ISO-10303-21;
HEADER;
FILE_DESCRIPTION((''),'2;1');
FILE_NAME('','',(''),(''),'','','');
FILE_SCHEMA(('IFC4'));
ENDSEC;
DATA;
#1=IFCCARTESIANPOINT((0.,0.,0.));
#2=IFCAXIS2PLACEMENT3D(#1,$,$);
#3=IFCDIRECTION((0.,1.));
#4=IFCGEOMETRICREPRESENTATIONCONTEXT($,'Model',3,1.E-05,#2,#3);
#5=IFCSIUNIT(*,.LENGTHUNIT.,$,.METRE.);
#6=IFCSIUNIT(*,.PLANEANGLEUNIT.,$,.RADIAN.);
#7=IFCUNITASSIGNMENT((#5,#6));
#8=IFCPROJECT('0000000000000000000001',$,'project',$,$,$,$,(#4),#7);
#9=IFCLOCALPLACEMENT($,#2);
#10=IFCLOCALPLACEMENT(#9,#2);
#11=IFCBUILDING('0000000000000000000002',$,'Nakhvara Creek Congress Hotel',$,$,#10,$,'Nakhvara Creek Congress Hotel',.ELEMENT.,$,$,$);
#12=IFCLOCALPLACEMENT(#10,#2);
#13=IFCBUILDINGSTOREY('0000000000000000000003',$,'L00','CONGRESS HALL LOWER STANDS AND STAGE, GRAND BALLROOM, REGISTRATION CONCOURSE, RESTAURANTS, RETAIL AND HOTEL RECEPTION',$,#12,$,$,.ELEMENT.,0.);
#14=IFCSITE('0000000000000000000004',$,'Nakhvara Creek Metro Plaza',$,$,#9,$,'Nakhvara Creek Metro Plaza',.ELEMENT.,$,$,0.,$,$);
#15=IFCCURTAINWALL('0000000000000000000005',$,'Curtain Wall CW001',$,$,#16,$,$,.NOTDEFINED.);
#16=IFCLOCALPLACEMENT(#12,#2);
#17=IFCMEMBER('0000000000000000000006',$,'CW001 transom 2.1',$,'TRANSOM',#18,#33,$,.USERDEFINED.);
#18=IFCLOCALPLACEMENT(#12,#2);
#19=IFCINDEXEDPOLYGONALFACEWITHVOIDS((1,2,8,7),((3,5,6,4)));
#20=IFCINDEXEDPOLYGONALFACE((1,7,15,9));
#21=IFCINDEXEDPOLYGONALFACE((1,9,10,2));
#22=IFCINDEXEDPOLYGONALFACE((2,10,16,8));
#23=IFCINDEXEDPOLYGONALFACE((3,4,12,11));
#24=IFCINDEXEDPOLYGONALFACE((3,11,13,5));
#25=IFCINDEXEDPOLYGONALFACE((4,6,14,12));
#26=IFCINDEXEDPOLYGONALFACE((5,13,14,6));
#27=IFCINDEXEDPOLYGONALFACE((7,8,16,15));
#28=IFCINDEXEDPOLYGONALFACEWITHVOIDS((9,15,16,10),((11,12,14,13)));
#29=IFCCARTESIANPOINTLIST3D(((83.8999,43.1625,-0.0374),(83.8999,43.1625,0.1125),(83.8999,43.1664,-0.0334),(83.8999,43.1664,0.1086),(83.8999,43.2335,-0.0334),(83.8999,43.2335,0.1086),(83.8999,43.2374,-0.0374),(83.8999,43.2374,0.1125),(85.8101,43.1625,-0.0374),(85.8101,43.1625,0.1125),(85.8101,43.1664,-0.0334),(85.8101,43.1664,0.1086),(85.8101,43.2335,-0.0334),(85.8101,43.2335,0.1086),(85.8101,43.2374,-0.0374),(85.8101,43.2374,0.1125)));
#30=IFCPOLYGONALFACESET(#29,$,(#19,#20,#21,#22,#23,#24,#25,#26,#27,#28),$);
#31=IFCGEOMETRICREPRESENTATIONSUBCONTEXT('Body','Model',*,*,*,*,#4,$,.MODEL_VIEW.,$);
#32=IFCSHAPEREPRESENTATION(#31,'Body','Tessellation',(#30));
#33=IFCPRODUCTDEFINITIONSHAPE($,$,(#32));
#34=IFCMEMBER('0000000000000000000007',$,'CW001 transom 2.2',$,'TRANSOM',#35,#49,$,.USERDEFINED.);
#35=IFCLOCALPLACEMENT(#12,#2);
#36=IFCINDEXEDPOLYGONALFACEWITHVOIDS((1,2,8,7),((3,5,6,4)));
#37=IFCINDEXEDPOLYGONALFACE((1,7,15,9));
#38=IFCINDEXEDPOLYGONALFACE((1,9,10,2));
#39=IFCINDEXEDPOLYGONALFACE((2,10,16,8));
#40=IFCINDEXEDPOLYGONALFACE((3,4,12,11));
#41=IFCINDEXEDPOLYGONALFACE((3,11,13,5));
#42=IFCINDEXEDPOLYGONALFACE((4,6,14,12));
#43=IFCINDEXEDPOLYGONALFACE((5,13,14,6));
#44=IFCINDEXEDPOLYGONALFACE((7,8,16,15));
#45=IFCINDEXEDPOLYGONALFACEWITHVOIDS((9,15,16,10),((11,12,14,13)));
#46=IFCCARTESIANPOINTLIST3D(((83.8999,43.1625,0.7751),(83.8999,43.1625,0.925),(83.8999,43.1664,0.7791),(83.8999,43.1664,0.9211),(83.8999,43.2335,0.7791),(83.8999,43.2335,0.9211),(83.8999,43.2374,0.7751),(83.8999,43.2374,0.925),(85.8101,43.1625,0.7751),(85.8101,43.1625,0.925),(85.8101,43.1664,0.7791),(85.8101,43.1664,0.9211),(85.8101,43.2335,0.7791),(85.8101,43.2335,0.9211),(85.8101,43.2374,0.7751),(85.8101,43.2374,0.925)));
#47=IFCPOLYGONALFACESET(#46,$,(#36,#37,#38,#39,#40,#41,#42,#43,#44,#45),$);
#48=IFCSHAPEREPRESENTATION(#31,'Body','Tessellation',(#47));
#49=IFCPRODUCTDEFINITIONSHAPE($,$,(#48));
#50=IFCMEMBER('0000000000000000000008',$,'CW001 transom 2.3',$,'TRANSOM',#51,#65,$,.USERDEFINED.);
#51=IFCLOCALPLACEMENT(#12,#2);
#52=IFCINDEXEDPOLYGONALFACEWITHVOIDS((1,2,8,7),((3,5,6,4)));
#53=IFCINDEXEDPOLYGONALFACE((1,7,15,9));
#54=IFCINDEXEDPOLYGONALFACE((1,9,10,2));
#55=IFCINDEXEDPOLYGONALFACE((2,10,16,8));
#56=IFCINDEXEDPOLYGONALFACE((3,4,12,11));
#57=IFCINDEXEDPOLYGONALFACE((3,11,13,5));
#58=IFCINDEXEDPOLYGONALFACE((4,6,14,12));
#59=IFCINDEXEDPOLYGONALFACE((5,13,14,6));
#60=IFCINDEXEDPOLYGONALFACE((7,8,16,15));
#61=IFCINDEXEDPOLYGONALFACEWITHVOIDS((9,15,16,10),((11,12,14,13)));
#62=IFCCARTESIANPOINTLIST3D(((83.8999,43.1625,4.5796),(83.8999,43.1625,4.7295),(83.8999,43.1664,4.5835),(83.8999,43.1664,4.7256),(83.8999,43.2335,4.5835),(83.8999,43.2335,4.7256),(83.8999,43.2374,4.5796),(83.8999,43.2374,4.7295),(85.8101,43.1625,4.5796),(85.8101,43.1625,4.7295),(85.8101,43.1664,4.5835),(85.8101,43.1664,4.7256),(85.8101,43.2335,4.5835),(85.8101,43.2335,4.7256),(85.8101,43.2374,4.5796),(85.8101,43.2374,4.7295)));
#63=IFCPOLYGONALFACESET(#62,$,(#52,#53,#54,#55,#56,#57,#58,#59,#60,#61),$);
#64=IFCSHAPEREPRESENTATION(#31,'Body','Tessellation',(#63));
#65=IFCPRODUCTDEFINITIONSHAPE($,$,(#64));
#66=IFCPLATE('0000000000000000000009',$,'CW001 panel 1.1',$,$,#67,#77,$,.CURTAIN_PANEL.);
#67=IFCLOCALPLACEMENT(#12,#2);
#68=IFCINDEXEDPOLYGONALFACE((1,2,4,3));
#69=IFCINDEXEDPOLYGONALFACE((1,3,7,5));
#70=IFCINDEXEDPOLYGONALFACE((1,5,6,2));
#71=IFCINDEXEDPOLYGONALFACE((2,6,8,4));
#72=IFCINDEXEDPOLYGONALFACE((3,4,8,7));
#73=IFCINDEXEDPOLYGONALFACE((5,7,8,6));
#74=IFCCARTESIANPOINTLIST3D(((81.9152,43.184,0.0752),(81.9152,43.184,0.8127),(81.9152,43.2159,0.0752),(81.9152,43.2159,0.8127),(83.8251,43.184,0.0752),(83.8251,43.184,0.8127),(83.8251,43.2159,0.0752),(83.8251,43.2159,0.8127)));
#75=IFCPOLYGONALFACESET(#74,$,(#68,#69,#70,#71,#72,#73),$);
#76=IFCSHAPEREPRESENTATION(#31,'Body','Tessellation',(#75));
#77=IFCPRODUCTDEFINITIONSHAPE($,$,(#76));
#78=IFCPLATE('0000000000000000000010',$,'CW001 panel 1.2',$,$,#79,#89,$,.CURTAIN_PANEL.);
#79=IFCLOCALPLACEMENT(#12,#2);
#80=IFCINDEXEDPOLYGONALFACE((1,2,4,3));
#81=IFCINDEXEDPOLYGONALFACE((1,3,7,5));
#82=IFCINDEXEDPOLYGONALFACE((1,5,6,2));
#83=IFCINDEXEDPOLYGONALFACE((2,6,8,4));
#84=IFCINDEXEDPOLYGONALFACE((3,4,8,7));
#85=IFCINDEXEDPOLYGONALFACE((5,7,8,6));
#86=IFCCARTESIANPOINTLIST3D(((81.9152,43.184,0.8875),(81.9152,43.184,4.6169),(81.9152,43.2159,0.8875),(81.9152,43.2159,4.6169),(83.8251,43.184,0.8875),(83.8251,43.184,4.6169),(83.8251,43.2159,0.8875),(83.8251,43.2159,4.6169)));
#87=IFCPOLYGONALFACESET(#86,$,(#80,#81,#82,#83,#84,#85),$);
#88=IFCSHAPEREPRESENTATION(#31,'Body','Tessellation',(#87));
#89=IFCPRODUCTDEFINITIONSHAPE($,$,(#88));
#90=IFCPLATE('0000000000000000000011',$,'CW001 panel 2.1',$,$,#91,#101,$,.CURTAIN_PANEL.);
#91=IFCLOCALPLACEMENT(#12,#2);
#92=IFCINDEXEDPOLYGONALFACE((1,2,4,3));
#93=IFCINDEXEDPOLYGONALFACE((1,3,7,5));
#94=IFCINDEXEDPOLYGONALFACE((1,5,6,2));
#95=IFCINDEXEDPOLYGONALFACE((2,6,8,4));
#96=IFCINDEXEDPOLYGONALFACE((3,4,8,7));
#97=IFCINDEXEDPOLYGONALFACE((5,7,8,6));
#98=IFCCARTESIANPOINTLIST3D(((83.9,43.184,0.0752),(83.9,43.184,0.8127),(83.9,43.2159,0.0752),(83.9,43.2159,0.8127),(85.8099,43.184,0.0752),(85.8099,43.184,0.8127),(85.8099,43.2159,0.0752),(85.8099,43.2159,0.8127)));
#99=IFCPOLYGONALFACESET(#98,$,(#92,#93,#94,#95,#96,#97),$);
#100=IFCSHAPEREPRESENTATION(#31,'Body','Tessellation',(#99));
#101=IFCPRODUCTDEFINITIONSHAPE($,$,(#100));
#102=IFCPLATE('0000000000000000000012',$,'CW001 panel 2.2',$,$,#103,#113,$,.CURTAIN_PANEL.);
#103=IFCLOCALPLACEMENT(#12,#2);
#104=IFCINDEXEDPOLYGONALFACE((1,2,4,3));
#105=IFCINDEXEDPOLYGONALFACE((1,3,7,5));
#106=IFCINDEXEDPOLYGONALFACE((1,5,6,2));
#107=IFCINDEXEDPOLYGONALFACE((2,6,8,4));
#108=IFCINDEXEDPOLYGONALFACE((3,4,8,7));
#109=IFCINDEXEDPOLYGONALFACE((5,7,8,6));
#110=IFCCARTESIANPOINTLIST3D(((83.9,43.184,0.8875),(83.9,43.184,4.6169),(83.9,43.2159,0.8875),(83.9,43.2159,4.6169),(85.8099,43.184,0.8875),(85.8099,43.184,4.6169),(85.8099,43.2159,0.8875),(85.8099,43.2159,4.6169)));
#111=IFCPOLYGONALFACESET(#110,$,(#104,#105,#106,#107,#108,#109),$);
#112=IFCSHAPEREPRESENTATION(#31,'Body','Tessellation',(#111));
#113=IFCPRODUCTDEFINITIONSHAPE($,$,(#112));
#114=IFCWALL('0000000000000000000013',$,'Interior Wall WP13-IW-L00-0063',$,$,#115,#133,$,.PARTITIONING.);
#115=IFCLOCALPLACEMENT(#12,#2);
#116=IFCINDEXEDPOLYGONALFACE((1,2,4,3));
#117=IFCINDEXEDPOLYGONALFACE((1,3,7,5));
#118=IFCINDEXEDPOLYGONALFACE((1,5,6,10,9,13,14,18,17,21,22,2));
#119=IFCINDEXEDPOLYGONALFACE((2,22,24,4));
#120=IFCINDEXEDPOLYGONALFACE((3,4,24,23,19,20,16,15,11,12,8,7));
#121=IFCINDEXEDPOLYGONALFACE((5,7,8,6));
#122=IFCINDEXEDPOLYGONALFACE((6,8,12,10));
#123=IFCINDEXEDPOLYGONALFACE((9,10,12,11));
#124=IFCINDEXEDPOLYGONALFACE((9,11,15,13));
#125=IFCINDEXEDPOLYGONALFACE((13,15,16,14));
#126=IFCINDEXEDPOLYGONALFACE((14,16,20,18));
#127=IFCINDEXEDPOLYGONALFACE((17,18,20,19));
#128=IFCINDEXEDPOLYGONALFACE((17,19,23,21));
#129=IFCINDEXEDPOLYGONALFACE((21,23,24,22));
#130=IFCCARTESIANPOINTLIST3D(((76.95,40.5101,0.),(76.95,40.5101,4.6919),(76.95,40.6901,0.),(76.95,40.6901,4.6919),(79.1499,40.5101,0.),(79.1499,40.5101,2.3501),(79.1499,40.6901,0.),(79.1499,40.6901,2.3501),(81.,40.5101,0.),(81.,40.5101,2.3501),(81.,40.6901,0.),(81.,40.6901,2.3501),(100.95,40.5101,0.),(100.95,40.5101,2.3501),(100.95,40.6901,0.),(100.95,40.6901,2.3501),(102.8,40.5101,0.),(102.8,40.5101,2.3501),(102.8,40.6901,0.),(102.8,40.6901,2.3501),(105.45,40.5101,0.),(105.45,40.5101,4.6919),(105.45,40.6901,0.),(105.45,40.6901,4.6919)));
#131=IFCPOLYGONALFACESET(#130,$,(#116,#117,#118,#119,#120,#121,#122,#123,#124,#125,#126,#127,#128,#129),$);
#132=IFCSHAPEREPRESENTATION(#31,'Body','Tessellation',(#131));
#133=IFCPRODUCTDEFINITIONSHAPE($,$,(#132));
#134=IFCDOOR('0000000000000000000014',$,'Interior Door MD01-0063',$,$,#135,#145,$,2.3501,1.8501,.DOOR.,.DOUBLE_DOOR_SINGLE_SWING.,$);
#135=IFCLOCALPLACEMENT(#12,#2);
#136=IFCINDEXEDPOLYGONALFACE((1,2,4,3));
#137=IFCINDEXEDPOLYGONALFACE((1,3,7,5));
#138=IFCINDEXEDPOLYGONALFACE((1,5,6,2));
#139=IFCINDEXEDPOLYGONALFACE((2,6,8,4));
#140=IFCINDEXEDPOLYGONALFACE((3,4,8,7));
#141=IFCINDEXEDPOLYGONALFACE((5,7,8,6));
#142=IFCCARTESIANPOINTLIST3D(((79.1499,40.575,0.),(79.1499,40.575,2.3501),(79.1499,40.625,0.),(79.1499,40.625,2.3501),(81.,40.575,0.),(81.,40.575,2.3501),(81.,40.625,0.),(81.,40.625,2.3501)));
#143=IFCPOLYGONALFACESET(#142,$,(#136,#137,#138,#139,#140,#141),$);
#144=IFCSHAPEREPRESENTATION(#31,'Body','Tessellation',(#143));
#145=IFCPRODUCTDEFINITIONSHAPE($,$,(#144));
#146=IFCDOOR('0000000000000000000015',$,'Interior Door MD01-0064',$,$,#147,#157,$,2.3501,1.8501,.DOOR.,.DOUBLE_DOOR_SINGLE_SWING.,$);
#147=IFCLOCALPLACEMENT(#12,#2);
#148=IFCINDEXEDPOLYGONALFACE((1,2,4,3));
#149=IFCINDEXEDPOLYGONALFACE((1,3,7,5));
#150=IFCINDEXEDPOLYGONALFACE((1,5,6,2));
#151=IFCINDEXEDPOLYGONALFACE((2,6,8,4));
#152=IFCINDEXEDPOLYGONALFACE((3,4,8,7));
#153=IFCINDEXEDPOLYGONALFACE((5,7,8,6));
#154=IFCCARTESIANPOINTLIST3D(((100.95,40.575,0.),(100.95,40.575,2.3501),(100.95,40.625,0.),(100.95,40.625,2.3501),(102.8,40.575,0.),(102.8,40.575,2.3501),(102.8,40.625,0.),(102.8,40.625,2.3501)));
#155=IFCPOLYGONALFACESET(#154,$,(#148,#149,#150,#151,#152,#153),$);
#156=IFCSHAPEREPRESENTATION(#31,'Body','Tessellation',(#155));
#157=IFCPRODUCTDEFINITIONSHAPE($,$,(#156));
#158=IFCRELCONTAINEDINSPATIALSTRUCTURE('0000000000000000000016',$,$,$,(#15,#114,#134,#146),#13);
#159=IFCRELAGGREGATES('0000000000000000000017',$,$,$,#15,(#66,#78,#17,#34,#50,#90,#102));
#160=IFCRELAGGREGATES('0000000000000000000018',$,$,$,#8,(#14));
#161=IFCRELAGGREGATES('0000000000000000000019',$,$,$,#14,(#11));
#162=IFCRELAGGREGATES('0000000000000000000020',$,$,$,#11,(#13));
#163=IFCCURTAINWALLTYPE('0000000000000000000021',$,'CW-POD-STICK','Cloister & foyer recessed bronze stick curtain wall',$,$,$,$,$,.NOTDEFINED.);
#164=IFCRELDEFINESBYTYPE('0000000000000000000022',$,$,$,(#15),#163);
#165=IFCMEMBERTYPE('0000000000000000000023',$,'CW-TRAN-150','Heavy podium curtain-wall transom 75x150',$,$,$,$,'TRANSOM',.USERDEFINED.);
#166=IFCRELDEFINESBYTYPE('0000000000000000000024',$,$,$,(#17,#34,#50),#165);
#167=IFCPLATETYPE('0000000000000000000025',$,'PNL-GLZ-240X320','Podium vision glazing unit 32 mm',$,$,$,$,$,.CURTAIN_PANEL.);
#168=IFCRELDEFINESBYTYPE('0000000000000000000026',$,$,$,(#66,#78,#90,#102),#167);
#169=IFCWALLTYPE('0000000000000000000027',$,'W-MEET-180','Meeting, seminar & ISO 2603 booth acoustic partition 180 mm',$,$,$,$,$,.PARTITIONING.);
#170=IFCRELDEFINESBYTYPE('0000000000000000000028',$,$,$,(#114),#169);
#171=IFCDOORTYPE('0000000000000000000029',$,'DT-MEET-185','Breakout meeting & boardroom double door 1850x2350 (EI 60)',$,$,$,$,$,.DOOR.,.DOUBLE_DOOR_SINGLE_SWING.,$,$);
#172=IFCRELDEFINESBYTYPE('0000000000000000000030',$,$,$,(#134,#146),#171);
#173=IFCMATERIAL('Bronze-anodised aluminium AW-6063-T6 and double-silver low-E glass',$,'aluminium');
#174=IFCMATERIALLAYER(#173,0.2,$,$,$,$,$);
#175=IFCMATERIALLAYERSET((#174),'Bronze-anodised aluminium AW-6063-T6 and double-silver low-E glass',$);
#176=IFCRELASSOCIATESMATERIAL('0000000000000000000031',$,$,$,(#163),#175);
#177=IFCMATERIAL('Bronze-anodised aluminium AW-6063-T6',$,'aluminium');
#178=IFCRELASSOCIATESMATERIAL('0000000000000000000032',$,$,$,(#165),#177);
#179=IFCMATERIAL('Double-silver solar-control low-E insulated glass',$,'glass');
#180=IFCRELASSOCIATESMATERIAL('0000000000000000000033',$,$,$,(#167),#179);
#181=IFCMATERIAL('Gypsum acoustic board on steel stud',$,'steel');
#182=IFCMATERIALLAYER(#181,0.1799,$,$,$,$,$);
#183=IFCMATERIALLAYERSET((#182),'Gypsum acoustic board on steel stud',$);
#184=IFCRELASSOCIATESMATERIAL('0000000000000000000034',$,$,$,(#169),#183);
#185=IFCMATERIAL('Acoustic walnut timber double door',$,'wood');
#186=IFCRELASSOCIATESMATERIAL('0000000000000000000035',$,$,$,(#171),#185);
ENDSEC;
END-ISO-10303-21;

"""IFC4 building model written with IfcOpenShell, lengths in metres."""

from ifc_helpers import new_model, si_unit, direction, frame, frame_2d, origin, origin_2d, place, context, subcontext, project, spatial, rectangle, hollow_rectangle, extrude, material, layer, layer_set, material_profile, profile_set, type_object, element, fill, aggregate, save


model = new_model("IFC4")

# Units and contexts
model_context = context("Model", 3, precision=1e-05, world=origin(), true_north=direction((0.0, 1.0)))
body_context = subcontext(model_context, "Body", "Model", "MODEL_VIEW")
ifc_project = project(units=[si_unit("LENGTHUNIT", "METRE"), si_unit("PLANEANGLEUNIT", "RADIAN")], contexts=[model_context])

# Site, building, storey
site_placement = place(None, origin())
site = spatial("IfcSite", under=ifc_project, at=site_placement, Name="Nakhvara Creek Metro Plaza", LongName="Nakhvara Creek Metro Plaza", CompositionType="ELEMENT", RefElevation=0.0)
building_placement = place(site_placement, origin())
building = spatial("IfcBuilding", under=site, at=building_placement, Name="Nakhvara Creek Congress Hotel", LongName="Nakhvara Creek Congress Hotel", CompositionType="ELEMENT")
storey_placement = place(building_placement, origin())
storey = spatial("IfcBuildingStorey", under=building, at=storey_placement, Name="L00", Description="CONGRESS HALL LOWER STANDS AND STAGE, GRAND BALLROOM, REGISTRATION CONCOURSE, RESTAURANTS, RETAIL AND HOTEL RECEPTION", CompositionType="ELEMENT", Elevation=0.0)

# Curtain wall
ifc_material_1 = material(Name="Bronze-anodised aluminium AW-6063-T6 and double-silver low-E glass", Category="aluminium")
ifc_layer_1 = layer(ifc_material_1, 0.2)
ifc_layer_set_1 = layer_set([ifc_layer_1], Name="Bronze-anodised aluminium AW-6063-T6 and double-silver low-E glass")
curtain_wall_type = type_object("IfcCurtainWallType", Name="CW-POD-STICK", Description="Cloister & foyer recessed bronze stick curtain wall", PredefinedType="NOTDEFINED", material=ifc_layer_set_1)
curtain_wall_1_placement = place(storey_placement, origin())
curtain_wall_1 = element("IfcCurtainWall", 1, at=curtain_wall_1_placement, inside=storey, type_object=curtain_wall_type, Name="Curtain Wall CW001", PredefinedType="NOTDEFINED")
ifc_material_2 = material(Name="Bronze-anodised aluminium AW-6063-T6", Category="aluminium")

# Members
ifc_material_profile_1 = material_profile(ifc_material_2, hollow_rectangle(XDim=0.075, YDim=0.1499, WallThickness=0.0039, at=origin_2d()), Name="ALU-TRAN 75x150x4", Category="LoadBearing")
ifc_profile_set_1 = profile_set([ifc_material_profile_1], Name="Bronze-anodised aluminium AW-6063-T6")
member_type_1 = type_object("IfcMemberType", Name="CW-TRAN-150", Description="Heavy podium curtain-wall transom 75x150", ElementType="TRANSOM", PredefinedType="USERDEFINED", material=ifc_profile_set_1)
member_1_placement = place(storey_placement, frame((83.8999, 43.2, 0.0376), z_axis=(1.0, 0.0, 0.0), x_axis=(0.0, 1.0, 0.0)))
member_1 = element("IfcMember", 2, at=member_1_placement, type_object=member_type_1, Name="CW001 transom 2.1", ObjectType="TRANSOM", PredefinedType="USERDEFINED", context=body_context, shape_type="SweptSolid", body=[
    extrude(hollow_rectangle(XDim=0.075, YDim=0.1499, WallThickness=0.0039, at=origin_2d()), origin(), (0.0, 0.0, 1.0), 1.9102),
])
member_2_placement = place(storey_placement, frame((83.8999, 43.2, 0.8501), z_axis=(1.0, 0.0, 0.0), x_axis=(0.0, 1.0, 0.0)))
member_2 = element("IfcMember", 3, at=member_2_placement, type_object=member_type_1, Name="CW001 transom 2.2", ObjectType="TRANSOM", PredefinedType="USERDEFINED", context=body_context, shape_type="SweptSolid", body=[
    extrude(hollow_rectangle(XDim=0.075, YDim=0.1499, WallThickness=0.0039, at=origin_2d()), origin(), (0.0, 0.0, 1.0), 1.9102),
])
member_3_placement = place(storey_placement, frame((83.8999, 43.2, 4.6545), z_axis=(1.0, 0.0, 0.0), x_axis=(0.0, 1.0, 0.0)))
member_3 = element("IfcMember", 4, at=member_3_placement, type_object=member_type_1, Name="CW001 transom 2.3", ObjectType="TRANSOM", PredefinedType="USERDEFINED", context=body_context, shape_type="SweptSolid", body=[
    extrude(hollow_rectangle(XDim=0.075, YDim=0.1499, WallThickness=0.0039, at=origin_2d()), origin(), (0.0, 0.0, 1.0), 1.9102),
])

# Plates
ifc_material_3 = material(Name="Double-silver solar-control low-E insulated glass", Category="glass")
plate_type = type_object("IfcPlateType", Name="PNL-GLZ-240X320", Description="Podium vision glazing unit 32 mm", PredefinedType="CURTAIN_PANEL", material=ifc_material_3)
plate_1_placement = place(storey_placement, frame((82.8701, 43.2, 0.0752), z_axis=(0.0, 0.0, 1.0), x_axis=(1.0, 0.0, 0.0)))
plate_1 = element("IfcPlate", 5, at=plate_1_placement, type_object=plate_type, Name="CW001 panel 1.1", PredefinedType="CURTAIN_PANEL", context=body_context, shape_type="SweptSolid", body=[
    extrude(rectangle(XDim=1.9099, YDim=0.032, at=origin_2d()), origin(), (0.0, 0.0, 1.0), 0.7375),
])
plate_2_placement = place(storey_placement, frame((82.8701, 43.2, 0.8875), z_axis=(0.0, 0.0, 1.0), x_axis=(1.0, 0.0, 0.0)))
plate_2 = element("IfcPlate", 6, at=plate_2_placement, type_object=plate_type, Name="CW001 panel 1.2", PredefinedType="CURTAIN_PANEL", context=body_context, shape_type="SweptSolid", body=[
    extrude(rectangle(XDim=1.9099, YDim=0.032, at=origin_2d()), origin(), (0.0, 0.0, 1.0), 3.7295),
])
plate_3_placement = place(storey_placement, frame((84.855, 43.2, 0.0752), z_axis=(0.0, 0.0, 1.0), x_axis=(1.0, 0.0, 0.0)))
plate_3 = element("IfcPlate", 7, at=plate_3_placement, type_object=plate_type, Name="CW001 panel 2.1", PredefinedType="CURTAIN_PANEL", context=body_context, shape_type="SweptSolid", body=[
    extrude(rectangle(XDim=1.9099, YDim=0.032, at=origin_2d()), origin(), (0.0, 0.0, 1.0), 0.7375),
])
plate_4_placement = place(storey_placement, frame((84.855, 43.2, 0.8875), z_axis=(0.0, 0.0, 1.0), x_axis=(1.0, 0.0, 0.0)))
plate_4 = element("IfcPlate", 8, at=plate_4_placement, type_object=plate_type, Name="CW001 panel 2.2", PredefinedType="CURTAIN_PANEL", context=body_context, shape_type="SweptSolid", body=[
    extrude(rectangle(XDim=1.9099, YDim=0.032, at=origin_2d()), origin(), (0.0, 0.0, 1.0), 3.7295),
])
aggregate(curtain_wall_1, [plate_1, plate_2, member_1, member_2, member_3, plate_3, plate_4])

# Wall, openings, doors
ifc_material_4 = material(Name="Gypsum acoustic board on steel stud", Category="steel")
ifc_layer_2 = layer(ifc_material_4, 0.1799)
ifc_layer_set_2 = layer_set([ifc_layer_2], Name="Gypsum acoustic board on steel stud")
wall_type = type_object("IfcWallType", Name="W-MEET-180", Description="Meeting, seminar & ISO 2603 booth acoustic partition 180 mm", PredefinedType="PARTITIONING", material=ifc_layer_set_2)
wall_placement = place(storey_placement, frame((76.95, 40.6001, 0.0), z_axis=(0.0, 0.0, 1.0), x_axis=(1.0, 0.0, 0.0)))
wall = element("IfcWall", 9, at=wall_placement, inside=storey, type_object=wall_type, Name="Interior Wall WP13-IW-L00-0063", PredefinedType="PARTITIONING", context=body_context, shape_type="SweptSolid", body=[
    extrude(rectangle(XDim=28.5, YDim=0.1799, at=frame_2d((14.25, 0.0))), origin(), (0.0, 0.0, 1.0), 4.6919),
])
opening_1_placement = place(wall_placement, frame((2.2, 0.0, 0.0)))
opening_1 = element("IfcOpeningElement", 10, at=opening_1_placement, cuts=wall, PredefinedType="OPENING", context=body_context, shape_type="SweptSolid", body=[
    extrude(rectangle(XDim=1.8501, YDim=2.3501, at=frame_2d((0.925, 1.175))), frame((0.0, 0.1021, 0.0), z_axis=(0.0, -1.0, 0.0), x_axis=(1.0, 0.0, 0.0)), (0.0, 0.0, 1.0), 0.2039),
])
opening_2_placement = place(wall_placement, frame((24.0, 0.0, 0.0)))
opening_2 = element("IfcOpeningElement", 11, at=opening_2_placement, cuts=wall, PredefinedType="OPENING", context=body_context, shape_type="SweptSolid", body=[
    extrude(rectangle(XDim=1.8501, YDim=2.3501, at=frame_2d((0.925, 1.175))), frame((0.0, 0.1021, 0.0), z_axis=(0.0, -1.0, 0.0), x_axis=(1.0, 0.0, 0.0)), (0.0, 0.0, 1.0), 0.2039),
])
ifc_material_5 = material(Name="Acoustic walnut timber double door", Category="wood")
door_type = type_object("IfcDoorType", Name="DT-MEET-185", Description="Breakout meeting & boardroom double door 1850x2350 (EI 60)", OperationType="DOUBLE_DOOR_SINGLE_SWING", PredefinedType="DOOR", material=ifc_material_5)
door_1_placement = place(opening_1_placement, origin())
door_1 = element("IfcDoor", 12, at=door_1_placement, inside=storey, type_object=door_type, Name="Interior Door MD01-0063", OperationType="DOUBLE_DOOR_SINGLE_SWING", OverallHeight=2.3501, OverallWidth=1.8501, PredefinedType="DOOR", context=body_context, shape_type="SweptSolid", body=[
    extrude(rectangle(XDim=1.8501, YDim=2.3501, at=frame_2d((0.925, 1.175))), frame((0.0, 0.0249, 0.0), z_axis=(0.0, -1.0, 0.0), x_axis=(1.0, 0.0, 0.0)), (0.0, 0.0, 1.0), 0.05),
])
fill(opening_1, door_1)
door_2_placement = place(opening_2_placement, origin())
door_2 = element("IfcDoor", 13, at=door_2_placement, inside=storey, type_object=door_type, Name="Interior Door MD01-0064", OperationType="DOUBLE_DOOR_SINGLE_SWING", OverallHeight=2.3501, OverallWidth=1.8501, PredefinedType="DOOR", context=body_context, shape_type="SweptSolid", body=[
    extrude(rectangle(XDim=1.8501, YDim=2.3501, at=frame_2d((0.925, 1.175))), frame((0.0, 0.0249, 0.0), z_axis=(0.0, -1.0, 0.0), x_axis=(1.0, 0.0, 0.0)), (0.0, 0.0, 1.0), 0.05),
])
fill(opening_2, door_2)

save(model, "model.ifc")
